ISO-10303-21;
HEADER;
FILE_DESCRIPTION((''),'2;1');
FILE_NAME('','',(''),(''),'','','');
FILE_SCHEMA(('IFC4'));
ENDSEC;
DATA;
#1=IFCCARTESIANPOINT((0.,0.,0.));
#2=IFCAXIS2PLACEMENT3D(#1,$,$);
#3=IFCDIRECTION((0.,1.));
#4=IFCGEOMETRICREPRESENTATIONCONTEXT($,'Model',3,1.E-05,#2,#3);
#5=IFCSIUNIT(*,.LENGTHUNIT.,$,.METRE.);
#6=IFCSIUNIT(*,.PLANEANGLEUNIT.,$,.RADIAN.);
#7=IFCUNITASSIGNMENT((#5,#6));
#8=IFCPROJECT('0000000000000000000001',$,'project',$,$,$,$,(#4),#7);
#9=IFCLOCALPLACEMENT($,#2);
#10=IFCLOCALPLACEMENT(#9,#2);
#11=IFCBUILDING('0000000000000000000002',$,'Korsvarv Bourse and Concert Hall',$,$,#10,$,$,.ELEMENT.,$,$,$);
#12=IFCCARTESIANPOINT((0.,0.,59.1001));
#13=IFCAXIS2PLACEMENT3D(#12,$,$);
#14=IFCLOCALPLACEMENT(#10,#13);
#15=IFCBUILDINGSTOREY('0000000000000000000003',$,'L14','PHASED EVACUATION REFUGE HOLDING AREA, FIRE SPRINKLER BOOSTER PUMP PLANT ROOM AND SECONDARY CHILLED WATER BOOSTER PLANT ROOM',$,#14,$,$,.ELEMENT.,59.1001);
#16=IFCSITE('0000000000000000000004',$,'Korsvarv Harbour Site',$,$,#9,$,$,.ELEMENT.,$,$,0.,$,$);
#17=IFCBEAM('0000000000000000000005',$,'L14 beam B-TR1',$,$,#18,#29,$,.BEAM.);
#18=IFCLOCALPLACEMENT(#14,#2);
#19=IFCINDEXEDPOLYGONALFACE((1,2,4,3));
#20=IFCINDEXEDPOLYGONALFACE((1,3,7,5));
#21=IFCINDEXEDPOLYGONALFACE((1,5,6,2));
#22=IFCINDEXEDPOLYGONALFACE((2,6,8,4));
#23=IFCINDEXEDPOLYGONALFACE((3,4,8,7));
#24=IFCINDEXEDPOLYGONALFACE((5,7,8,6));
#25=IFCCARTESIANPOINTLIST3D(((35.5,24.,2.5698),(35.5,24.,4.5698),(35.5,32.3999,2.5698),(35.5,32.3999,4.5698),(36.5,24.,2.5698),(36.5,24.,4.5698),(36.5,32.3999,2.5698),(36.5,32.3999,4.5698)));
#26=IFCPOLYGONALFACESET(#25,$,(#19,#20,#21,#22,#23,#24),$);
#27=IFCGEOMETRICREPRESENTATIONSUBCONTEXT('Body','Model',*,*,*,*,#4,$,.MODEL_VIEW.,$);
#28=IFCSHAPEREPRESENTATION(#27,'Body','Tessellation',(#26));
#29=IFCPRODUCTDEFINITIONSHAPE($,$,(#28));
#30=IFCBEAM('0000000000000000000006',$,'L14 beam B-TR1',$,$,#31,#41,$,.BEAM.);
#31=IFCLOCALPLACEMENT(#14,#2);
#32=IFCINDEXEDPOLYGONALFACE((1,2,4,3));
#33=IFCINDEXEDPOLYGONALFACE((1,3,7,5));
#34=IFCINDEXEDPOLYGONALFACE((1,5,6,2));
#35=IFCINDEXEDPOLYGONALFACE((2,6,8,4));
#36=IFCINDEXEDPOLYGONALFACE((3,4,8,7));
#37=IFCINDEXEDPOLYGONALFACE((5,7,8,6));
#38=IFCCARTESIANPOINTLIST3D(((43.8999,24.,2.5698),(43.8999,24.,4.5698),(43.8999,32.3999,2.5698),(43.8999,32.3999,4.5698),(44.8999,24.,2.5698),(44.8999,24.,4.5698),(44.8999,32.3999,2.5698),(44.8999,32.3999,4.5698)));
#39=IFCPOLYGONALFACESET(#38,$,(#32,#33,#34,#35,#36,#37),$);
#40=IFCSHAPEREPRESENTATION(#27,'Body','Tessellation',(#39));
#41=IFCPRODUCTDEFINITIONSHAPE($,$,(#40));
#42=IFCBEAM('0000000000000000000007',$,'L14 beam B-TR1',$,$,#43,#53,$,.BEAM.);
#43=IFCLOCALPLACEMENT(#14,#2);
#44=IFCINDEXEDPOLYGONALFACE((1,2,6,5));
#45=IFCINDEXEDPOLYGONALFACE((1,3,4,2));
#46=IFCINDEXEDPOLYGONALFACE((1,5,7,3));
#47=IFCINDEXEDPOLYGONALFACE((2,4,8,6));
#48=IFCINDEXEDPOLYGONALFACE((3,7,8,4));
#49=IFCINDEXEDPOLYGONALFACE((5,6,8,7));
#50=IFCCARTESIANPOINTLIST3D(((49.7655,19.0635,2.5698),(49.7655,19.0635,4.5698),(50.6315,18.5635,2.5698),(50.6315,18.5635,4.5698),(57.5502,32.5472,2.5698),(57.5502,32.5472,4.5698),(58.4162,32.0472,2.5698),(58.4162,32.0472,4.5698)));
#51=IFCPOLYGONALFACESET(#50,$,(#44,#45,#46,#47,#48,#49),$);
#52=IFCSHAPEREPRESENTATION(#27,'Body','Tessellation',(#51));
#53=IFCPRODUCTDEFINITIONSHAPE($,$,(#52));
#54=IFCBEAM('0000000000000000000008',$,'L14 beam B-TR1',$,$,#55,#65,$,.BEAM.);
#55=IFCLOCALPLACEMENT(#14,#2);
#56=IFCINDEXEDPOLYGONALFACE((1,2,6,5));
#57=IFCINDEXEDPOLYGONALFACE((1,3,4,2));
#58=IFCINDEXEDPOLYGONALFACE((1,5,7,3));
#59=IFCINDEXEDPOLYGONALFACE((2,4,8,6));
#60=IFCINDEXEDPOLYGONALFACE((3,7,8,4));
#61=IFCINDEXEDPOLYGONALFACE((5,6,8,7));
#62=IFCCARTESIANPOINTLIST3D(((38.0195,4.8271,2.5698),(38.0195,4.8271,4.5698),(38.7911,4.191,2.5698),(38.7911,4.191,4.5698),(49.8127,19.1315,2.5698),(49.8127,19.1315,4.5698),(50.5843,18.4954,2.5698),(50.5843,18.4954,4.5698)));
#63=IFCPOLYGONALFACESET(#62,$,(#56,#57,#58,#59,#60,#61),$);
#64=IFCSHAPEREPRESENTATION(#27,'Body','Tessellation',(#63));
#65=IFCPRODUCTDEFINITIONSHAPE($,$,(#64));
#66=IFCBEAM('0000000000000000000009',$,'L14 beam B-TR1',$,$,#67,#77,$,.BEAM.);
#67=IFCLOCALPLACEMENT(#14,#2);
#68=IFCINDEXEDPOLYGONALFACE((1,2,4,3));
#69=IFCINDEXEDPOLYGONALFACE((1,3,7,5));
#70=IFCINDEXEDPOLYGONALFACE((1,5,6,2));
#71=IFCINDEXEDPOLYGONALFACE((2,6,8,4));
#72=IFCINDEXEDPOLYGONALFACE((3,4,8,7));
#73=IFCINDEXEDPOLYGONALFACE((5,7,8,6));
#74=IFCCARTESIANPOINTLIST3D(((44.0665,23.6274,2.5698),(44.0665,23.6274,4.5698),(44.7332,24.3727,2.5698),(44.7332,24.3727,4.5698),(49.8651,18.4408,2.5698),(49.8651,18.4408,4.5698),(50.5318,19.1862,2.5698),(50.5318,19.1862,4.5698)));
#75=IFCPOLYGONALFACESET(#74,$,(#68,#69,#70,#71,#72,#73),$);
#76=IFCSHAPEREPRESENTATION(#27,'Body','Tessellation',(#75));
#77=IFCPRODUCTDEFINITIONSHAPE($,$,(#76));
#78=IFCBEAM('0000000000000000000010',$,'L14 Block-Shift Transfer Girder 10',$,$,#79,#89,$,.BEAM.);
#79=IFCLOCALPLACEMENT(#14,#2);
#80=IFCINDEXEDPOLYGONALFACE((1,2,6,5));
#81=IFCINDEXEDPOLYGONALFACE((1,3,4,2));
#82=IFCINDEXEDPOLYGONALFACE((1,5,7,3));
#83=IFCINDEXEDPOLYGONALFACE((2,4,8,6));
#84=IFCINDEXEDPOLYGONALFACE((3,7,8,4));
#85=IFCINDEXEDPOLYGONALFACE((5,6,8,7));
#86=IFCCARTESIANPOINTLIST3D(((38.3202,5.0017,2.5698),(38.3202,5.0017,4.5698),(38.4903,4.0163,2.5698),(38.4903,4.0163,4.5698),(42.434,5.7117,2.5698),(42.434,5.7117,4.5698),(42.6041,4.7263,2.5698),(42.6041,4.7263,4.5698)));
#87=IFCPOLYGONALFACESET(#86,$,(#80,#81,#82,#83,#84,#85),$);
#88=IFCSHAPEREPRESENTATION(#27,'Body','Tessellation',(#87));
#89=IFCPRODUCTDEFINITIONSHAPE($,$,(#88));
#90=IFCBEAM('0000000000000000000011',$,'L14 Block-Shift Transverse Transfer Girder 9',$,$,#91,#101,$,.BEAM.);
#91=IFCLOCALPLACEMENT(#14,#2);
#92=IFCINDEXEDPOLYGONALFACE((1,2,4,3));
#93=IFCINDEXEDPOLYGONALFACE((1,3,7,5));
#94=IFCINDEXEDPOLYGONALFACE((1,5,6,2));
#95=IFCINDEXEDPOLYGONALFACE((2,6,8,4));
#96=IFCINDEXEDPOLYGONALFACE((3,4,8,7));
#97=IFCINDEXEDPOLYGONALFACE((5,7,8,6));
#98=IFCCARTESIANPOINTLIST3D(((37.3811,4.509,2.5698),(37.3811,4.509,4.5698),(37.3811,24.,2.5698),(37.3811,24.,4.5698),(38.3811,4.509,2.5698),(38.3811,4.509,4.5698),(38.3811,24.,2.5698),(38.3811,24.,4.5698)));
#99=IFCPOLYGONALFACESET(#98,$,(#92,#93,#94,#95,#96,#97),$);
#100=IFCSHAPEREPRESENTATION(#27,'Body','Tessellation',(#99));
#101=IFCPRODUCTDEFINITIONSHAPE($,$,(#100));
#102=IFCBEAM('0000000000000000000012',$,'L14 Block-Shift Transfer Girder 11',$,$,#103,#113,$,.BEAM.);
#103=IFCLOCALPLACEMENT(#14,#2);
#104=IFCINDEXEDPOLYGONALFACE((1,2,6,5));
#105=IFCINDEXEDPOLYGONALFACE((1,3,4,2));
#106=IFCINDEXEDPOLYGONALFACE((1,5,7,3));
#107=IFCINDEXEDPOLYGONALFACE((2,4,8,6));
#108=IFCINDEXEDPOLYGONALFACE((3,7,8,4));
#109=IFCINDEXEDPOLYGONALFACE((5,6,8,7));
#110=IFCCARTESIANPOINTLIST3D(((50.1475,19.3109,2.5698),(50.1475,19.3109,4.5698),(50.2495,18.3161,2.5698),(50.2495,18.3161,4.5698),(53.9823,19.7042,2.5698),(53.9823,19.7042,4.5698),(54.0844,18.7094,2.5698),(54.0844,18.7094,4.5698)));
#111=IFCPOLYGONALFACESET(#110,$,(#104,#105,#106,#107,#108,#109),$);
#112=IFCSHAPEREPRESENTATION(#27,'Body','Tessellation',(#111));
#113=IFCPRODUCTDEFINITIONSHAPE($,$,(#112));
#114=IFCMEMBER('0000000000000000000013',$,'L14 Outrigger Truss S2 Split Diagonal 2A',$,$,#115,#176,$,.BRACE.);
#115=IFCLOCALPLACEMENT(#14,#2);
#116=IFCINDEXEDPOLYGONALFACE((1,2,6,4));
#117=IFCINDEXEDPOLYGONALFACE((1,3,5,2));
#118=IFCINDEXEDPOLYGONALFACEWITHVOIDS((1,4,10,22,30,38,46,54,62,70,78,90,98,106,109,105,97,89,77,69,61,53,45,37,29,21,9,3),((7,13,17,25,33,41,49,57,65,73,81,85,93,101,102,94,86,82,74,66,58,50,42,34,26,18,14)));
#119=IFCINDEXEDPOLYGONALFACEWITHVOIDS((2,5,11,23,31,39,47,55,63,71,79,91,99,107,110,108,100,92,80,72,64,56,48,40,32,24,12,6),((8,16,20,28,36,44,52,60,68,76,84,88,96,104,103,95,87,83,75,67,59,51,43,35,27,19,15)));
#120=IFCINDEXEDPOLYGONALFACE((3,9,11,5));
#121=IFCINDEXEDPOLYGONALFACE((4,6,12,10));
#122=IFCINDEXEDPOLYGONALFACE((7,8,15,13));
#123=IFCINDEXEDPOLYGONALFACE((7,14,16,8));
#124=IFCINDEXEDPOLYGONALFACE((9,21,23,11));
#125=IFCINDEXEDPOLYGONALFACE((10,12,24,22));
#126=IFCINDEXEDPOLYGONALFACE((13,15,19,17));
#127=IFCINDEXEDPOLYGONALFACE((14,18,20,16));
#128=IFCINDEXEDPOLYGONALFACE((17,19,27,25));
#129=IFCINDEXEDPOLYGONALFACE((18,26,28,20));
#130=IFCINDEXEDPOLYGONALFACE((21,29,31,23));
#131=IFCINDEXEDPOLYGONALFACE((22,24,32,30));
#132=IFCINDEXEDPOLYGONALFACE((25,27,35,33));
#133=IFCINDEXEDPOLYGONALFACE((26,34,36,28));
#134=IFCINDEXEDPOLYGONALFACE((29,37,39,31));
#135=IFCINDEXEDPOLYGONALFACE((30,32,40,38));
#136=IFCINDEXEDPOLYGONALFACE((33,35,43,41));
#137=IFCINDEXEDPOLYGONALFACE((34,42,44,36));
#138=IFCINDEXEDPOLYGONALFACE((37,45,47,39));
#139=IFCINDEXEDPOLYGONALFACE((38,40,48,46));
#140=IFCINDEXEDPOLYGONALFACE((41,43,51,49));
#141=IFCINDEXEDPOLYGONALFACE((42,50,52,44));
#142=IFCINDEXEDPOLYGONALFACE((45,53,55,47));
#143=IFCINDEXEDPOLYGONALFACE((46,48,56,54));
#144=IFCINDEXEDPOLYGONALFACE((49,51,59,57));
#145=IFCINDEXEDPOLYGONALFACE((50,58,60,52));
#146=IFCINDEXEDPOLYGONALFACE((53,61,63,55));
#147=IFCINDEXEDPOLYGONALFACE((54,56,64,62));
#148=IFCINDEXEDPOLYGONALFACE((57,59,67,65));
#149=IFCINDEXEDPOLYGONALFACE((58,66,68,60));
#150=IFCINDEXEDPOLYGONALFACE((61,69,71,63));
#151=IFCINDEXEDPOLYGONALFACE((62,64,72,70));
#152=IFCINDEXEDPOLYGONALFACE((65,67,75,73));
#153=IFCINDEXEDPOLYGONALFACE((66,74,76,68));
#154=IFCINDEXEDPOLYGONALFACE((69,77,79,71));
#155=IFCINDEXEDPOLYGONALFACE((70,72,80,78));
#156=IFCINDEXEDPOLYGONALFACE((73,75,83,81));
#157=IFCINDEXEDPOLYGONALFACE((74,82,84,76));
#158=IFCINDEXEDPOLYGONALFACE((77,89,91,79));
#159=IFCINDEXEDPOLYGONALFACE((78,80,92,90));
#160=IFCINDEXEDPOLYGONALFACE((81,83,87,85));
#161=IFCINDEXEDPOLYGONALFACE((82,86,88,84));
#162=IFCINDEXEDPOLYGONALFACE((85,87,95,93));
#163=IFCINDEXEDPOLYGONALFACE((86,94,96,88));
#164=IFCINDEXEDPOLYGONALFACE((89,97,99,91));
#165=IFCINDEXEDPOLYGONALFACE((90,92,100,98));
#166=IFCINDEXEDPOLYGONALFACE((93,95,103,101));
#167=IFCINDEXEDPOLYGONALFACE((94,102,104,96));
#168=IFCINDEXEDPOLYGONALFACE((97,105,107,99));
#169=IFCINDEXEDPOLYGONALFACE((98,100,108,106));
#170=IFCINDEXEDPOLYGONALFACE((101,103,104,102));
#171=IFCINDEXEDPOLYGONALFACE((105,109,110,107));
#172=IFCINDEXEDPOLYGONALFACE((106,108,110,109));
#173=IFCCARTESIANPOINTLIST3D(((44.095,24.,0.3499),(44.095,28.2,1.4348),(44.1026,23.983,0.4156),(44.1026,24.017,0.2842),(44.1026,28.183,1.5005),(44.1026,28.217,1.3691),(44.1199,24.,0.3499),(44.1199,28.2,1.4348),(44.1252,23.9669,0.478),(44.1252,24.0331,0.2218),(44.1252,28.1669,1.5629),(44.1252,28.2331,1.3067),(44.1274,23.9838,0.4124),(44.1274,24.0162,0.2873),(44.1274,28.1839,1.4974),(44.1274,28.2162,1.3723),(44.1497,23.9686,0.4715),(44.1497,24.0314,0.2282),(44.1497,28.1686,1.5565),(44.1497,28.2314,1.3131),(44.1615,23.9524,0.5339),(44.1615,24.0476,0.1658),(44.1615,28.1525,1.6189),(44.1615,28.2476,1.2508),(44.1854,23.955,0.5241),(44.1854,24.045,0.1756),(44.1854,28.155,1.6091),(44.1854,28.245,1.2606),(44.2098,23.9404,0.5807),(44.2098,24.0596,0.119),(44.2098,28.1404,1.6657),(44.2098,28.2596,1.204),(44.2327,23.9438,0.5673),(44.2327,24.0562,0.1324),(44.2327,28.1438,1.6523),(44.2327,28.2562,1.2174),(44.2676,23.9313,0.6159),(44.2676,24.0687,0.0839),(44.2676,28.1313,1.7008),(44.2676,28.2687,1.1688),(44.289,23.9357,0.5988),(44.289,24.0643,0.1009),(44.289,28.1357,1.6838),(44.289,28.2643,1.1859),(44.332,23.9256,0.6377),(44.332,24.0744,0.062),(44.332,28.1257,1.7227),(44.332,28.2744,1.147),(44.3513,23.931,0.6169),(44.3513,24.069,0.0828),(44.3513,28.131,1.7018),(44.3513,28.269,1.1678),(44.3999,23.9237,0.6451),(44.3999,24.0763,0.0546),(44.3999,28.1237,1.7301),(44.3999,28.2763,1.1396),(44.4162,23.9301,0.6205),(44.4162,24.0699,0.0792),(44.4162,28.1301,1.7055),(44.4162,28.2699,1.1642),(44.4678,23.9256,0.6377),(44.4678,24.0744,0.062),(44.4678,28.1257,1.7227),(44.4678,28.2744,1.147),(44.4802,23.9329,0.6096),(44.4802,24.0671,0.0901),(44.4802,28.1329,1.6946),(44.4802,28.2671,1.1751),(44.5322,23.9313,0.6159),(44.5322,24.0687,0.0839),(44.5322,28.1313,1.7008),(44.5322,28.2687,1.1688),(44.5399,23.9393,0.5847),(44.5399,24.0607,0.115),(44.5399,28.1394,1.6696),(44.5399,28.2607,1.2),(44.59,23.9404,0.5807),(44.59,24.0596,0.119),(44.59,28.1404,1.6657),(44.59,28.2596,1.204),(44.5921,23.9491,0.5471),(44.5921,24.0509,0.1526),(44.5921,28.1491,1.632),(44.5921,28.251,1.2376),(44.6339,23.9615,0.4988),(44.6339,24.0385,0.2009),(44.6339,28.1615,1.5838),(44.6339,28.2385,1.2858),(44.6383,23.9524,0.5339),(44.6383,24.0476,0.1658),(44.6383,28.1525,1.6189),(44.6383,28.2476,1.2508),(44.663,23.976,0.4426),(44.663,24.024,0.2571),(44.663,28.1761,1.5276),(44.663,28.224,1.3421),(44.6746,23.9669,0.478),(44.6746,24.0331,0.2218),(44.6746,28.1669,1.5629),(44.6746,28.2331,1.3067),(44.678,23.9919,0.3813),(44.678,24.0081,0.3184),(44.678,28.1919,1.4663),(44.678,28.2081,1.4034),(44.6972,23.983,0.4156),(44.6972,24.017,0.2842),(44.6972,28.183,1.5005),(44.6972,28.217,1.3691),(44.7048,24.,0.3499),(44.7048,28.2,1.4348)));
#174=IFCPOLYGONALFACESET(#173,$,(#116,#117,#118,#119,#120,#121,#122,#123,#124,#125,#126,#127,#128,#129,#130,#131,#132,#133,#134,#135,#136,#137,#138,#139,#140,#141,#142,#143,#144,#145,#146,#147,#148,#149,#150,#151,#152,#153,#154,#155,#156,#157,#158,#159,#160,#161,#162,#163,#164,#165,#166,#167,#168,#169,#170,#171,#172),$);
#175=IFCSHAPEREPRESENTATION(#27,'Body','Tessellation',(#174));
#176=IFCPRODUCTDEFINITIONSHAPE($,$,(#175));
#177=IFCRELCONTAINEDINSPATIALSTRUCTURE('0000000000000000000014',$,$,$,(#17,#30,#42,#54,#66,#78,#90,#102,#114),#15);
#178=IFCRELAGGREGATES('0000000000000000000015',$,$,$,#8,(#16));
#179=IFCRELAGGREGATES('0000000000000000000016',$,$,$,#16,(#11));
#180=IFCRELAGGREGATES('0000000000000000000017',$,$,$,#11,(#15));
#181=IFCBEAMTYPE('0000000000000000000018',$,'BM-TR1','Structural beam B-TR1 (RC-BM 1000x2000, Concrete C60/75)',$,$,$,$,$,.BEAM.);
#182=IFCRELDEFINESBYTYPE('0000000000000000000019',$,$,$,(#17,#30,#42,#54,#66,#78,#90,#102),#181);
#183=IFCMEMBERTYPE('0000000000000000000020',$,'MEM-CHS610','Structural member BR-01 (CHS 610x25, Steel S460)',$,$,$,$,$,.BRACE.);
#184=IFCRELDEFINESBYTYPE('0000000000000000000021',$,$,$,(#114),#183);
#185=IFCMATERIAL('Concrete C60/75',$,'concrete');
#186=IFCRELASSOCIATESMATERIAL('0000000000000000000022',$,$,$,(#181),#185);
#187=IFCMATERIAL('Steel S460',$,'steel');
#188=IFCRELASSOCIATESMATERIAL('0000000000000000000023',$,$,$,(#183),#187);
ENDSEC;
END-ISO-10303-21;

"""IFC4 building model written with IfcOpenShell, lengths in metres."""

from ifc_helpers import new_model, si_unit, direction, frame, origin, origin_2d, place, context, subcontext, project, spatial, rectangle, hollow_circle, extrude, source, transform, mapped, material, material_profile, profile_set, type_object, element, save


model = new_model("IFC4")

# Units and contexts
model_context = context("Model", 3, precision=1e-05, world=origin(), true_north=direction((0.0, 1.0)))
body_context = subcontext(model_context, "Body", "Model", "MODEL_VIEW")
ifc_project = project(units=[si_unit("LENGTHUNIT", "METRE"), si_unit("PLANEANGLEUNIT", "RADIAN")], contexts=[model_context])

# Site, building, storey
site_placement = place(None, origin())
site = spatial("IfcSite", under=ifc_project, at=site_placement, Name="Korsvarv Harbour Site", CompositionType="ELEMENT", RefElevation=0.0)
building_placement = place(site_placement, origin())
building = spatial("IfcBuilding", under=site, at=building_placement, Name="Korsvarv Bourse and Concert Hall", CompositionType="ELEMENT")
storey_placement = place(building_placement, frame((0.0, 0.0, 59.1001)))
storey = spatial("IfcBuildingStorey", under=building, at=storey_placement, Name="L14", Description="PHASED EVACUATION REFUGE HOLDING AREA, FIRE SPRINKLER BOOSTER PUMP PLANT ROOM AND SECONDARY CHILLED WATER BOOSTER PLANT ROOM", CompositionType="ELEMENT", Elevation=59.1001)

# Shared definitions
ifc_material_1 = material(Name="Steel S460", Category="steel")

# Beams
ifc_material_2 = material(Name="Concrete C60/75", Category="concrete")
ifc_material_profile_1 = material_profile(ifc_material_2, rectangle(XDim=1.0, YDim=2.0, at=origin_2d()), Name="RC-BM 1000x2000")
ifc_profile_set_1 = profile_set([ifc_material_profile_1], Name="Concrete C60/75")
beam_type = type_object("IfcBeamType", Name="BM-TR1", Description="Structural beam B-TR1 (RC-BM 1000x2000, Concrete C60/75)", PredefinedType="BEAM", material=ifc_profile_set_1)
shared_shape_1 = source(origin(), body_context, "Body", "SweptSolid", [
    extrude(rectangle(XDim=1.0, YDim=2.0, at=origin_2d()), origin(), (0.0, 0.0, 1.0), 8.3999),
])
for number, where, z_axis, x_axis, name in (
    (1, (36.0, 24.0, 3.5698), (0.0, 1.0, 0.0), (-1.0, 0.0, 0.0), "L14 beam B-TR1"),
    (2, (44.3999, 24.0, 3.5698), (0.0, 1.0, 0.0), (-1.0, 0.0, 0.0), "L14 beam B-TR1"),
):
    element("IfcBeam", number, at=place(storey_placement, frame(where, z_axis=z_axis, x_axis=x_axis)), inside=storey, type_object=beam_type, Name=name, PredefinedType="BEAM", context=body_context, shape_type="MappedRepresentation", body=[
        mapped(shared_shape_1, transform((0.0, 0.0, 0.0), scale=1.0)),
    ])
shared_shape_2 = source(origin(), body_context, "Body", "SweptSolid", [
    extrude(rectangle(XDim=1.0, YDim=2.0, at=origin_2d()), origin(), (0.0, 0.0, 1.0), 15.5696),
])
beam_1_placement = place(storey_placement, frame((50.1985, 18.8135, 3.5698), z_axis=(0.499994, 0.866029, 0.0), x_axis=(-0.866029, 0.499994, 0.0)))
element("IfcBeam", 3, at=beam_1_placement, inside=storey, type_object=beam_type, Name="L14 beam B-TR1", PredefinedType="BEAM", context=body_context, shape_type="MappedRepresentation", body=[
    mapped(shared_shape_2, transform((0.0, 0.0, 0.0), scale=1.0)),
])
shared_shape_3 = source(origin(), body_context, "Body", "SweptSolid", [
    extrude(rectangle(XDim=1.0, YDim=2.0, at=origin_2d()), origin(), (0.0, 0.0, 1.0), 18.5391),
])
beam_2_placement = place(storey_placement, frame((38.4053, 4.509, 3.5698), z_axis=(0.636128, 0.771584, 0.0), x_axis=(-0.771584, 0.636128, 0.0)))
element("IfcBeam", 4, at=beam_2_placement, inside=storey, type_object=beam_type, Name="L14 beam B-TR1", PredefinedType="BEAM", context=body_context, shape_type="MappedRepresentation", body=[
    mapped(shared_shape_3, transform((0.0, 0.0, 0.0), scale=1.0)),
])
shared_shape_4 = source(origin(), body_context, "Body", "SweptSolid", [
    extrude(rectangle(XDim=1.0, YDim=2.0, at=origin_2d()), origin(), (0.0, 0.0, 1.0), 7.7798),
])
beam_3_placement = place(storey_placement, frame((50.1985, 18.8135, 3.5698), z_axis=(-0.745349, 0.666675, 0.0), x_axis=(-0.666675, -0.745349, 0.0)))
element("IfcBeam", 5, at=beam_3_placement, inside=storey, type_object=beam_type, Name="L14 beam B-TR1", PredefinedType="BEAM", context=body_context, shape_type="MappedRepresentation", body=[
    mapped(shared_shape_4, transform((0.0, 0.0, 0.0), scale=1.0)),
])
shared_shape_5 = source(origin(), body_context, "Body", "SweptSolid", [
    extrude(rectangle(XDim=1.0, YDim=2.0, at=origin_2d()), origin(), (0.0, 0.0, 1.0), 4.1746),
])
beam_4_placement = place(storey_placement, frame((38.4053, 4.509, 3.5698), z_axis=(0.985432, 0.170068, 0.0), x_axis=(-0.170068, 0.985432, 0.0)))
element("IfcBeam", 6, at=beam_4_placement, inside=storey, type_object=beam_type, Name="L14 Block-Shift Transfer Girder 10", PredefinedType="BEAM", context=body_context, shape_type="MappedRepresentation", body=[
    mapped(shared_shape_5, transform((0.0, 0.0, 0.0), scale=1.0)),
])
shared_shape_6 = source(origin(), body_context, "Body", "SweptSolid", [
    extrude(rectangle(XDim=1.0, YDim=2.0, at=origin_2d()), origin(), (0.0, 0.0, 1.0), 19.491),
])
beam_5_placement = place(storey_placement, frame((37.8811, 4.509, 3.5698), z_axis=(0.0, 1.0, 0.0), x_axis=(-1.0, 0.0, 0.0)))
element("IfcBeam", 7, at=beam_5_placement, inside=storey, type_object=beam_type, Name="L14 Block-Shift Transverse Transfer Girder 9", PredefinedType="BEAM", context=body_context, shape_type="MappedRepresentation", body=[
    mapped(shared_shape_6, transform((0.0, 0.0, 0.0), scale=1.0)),
])
shared_shape_7 = source(origin(), body_context, "Body", "SweptSolid", [
    extrude(rectangle(XDim=1.0, YDim=2.0, at=origin_2d()), origin(), (0.0, 0.0, 1.0), 3.855),
])
beam_6_placement = place(storey_placement, frame((50.1985, 18.8135, 3.5698), z_axis=(0.994782, 0.102024, 0.0), x_axis=(-0.102024, 0.994782, 0.0)))
element("IfcBeam", 8, at=beam_6_placement, inside=storey, type_object=beam_type, Name="L14 Block-Shift Transfer Girder 11", PredefinedType="BEAM", context=body_context, shape_type="MappedRepresentation", body=[
    mapped(shared_shape_7, transform((0.0, 0.0, 0.0), scale=1.0)),
])

# Member
ifc_material_profile_2 = material_profile(ifc_material_1, hollow_circle(Radius=0.3049, WallThickness=0.0249, at=origin_2d()), Name="CHS 610x25")
ifc_profile_set_2 = profile_set([ifc_material_profile_2], Name="Steel S460")
member_type_1 = type_object("IfcMemberType", Name="MEM-CHS610", Description="Structural member BR-01 (CHS 610x25, Steel S460)", PredefinedType="BRACE", material=ifc_profile_set_2)
shared_shape_8 = source(origin(), body_context, "Body", "SweptSolid", [
    extrude(hollow_circle(Radius=0.3049, WallThickness=0.0249, at=origin_2d()), origin(), (0.0, 0.0, 1.0), 4.3379),
])
member_1_placement = place(storey_placement, frame((44.3999, 24.0, 0.3499), z_axis=(0.0, 0.968216, 0.250116), x_axis=(-1.0, 0.0, 0.0)))
element("IfcMember", 9, at=member_1_placement, inside=storey, type_object=member_type_1, Name="L14 Outrigger Truss S2 Split Diagonal 2A", PredefinedType="BRACE", context=body_context, shape_type="MappedRepresentation", body=[
    mapped(shared_shape_8, transform((0.0, 0.0, 0.0), scale=1.0)),
])

save(model, "model.ifc")
